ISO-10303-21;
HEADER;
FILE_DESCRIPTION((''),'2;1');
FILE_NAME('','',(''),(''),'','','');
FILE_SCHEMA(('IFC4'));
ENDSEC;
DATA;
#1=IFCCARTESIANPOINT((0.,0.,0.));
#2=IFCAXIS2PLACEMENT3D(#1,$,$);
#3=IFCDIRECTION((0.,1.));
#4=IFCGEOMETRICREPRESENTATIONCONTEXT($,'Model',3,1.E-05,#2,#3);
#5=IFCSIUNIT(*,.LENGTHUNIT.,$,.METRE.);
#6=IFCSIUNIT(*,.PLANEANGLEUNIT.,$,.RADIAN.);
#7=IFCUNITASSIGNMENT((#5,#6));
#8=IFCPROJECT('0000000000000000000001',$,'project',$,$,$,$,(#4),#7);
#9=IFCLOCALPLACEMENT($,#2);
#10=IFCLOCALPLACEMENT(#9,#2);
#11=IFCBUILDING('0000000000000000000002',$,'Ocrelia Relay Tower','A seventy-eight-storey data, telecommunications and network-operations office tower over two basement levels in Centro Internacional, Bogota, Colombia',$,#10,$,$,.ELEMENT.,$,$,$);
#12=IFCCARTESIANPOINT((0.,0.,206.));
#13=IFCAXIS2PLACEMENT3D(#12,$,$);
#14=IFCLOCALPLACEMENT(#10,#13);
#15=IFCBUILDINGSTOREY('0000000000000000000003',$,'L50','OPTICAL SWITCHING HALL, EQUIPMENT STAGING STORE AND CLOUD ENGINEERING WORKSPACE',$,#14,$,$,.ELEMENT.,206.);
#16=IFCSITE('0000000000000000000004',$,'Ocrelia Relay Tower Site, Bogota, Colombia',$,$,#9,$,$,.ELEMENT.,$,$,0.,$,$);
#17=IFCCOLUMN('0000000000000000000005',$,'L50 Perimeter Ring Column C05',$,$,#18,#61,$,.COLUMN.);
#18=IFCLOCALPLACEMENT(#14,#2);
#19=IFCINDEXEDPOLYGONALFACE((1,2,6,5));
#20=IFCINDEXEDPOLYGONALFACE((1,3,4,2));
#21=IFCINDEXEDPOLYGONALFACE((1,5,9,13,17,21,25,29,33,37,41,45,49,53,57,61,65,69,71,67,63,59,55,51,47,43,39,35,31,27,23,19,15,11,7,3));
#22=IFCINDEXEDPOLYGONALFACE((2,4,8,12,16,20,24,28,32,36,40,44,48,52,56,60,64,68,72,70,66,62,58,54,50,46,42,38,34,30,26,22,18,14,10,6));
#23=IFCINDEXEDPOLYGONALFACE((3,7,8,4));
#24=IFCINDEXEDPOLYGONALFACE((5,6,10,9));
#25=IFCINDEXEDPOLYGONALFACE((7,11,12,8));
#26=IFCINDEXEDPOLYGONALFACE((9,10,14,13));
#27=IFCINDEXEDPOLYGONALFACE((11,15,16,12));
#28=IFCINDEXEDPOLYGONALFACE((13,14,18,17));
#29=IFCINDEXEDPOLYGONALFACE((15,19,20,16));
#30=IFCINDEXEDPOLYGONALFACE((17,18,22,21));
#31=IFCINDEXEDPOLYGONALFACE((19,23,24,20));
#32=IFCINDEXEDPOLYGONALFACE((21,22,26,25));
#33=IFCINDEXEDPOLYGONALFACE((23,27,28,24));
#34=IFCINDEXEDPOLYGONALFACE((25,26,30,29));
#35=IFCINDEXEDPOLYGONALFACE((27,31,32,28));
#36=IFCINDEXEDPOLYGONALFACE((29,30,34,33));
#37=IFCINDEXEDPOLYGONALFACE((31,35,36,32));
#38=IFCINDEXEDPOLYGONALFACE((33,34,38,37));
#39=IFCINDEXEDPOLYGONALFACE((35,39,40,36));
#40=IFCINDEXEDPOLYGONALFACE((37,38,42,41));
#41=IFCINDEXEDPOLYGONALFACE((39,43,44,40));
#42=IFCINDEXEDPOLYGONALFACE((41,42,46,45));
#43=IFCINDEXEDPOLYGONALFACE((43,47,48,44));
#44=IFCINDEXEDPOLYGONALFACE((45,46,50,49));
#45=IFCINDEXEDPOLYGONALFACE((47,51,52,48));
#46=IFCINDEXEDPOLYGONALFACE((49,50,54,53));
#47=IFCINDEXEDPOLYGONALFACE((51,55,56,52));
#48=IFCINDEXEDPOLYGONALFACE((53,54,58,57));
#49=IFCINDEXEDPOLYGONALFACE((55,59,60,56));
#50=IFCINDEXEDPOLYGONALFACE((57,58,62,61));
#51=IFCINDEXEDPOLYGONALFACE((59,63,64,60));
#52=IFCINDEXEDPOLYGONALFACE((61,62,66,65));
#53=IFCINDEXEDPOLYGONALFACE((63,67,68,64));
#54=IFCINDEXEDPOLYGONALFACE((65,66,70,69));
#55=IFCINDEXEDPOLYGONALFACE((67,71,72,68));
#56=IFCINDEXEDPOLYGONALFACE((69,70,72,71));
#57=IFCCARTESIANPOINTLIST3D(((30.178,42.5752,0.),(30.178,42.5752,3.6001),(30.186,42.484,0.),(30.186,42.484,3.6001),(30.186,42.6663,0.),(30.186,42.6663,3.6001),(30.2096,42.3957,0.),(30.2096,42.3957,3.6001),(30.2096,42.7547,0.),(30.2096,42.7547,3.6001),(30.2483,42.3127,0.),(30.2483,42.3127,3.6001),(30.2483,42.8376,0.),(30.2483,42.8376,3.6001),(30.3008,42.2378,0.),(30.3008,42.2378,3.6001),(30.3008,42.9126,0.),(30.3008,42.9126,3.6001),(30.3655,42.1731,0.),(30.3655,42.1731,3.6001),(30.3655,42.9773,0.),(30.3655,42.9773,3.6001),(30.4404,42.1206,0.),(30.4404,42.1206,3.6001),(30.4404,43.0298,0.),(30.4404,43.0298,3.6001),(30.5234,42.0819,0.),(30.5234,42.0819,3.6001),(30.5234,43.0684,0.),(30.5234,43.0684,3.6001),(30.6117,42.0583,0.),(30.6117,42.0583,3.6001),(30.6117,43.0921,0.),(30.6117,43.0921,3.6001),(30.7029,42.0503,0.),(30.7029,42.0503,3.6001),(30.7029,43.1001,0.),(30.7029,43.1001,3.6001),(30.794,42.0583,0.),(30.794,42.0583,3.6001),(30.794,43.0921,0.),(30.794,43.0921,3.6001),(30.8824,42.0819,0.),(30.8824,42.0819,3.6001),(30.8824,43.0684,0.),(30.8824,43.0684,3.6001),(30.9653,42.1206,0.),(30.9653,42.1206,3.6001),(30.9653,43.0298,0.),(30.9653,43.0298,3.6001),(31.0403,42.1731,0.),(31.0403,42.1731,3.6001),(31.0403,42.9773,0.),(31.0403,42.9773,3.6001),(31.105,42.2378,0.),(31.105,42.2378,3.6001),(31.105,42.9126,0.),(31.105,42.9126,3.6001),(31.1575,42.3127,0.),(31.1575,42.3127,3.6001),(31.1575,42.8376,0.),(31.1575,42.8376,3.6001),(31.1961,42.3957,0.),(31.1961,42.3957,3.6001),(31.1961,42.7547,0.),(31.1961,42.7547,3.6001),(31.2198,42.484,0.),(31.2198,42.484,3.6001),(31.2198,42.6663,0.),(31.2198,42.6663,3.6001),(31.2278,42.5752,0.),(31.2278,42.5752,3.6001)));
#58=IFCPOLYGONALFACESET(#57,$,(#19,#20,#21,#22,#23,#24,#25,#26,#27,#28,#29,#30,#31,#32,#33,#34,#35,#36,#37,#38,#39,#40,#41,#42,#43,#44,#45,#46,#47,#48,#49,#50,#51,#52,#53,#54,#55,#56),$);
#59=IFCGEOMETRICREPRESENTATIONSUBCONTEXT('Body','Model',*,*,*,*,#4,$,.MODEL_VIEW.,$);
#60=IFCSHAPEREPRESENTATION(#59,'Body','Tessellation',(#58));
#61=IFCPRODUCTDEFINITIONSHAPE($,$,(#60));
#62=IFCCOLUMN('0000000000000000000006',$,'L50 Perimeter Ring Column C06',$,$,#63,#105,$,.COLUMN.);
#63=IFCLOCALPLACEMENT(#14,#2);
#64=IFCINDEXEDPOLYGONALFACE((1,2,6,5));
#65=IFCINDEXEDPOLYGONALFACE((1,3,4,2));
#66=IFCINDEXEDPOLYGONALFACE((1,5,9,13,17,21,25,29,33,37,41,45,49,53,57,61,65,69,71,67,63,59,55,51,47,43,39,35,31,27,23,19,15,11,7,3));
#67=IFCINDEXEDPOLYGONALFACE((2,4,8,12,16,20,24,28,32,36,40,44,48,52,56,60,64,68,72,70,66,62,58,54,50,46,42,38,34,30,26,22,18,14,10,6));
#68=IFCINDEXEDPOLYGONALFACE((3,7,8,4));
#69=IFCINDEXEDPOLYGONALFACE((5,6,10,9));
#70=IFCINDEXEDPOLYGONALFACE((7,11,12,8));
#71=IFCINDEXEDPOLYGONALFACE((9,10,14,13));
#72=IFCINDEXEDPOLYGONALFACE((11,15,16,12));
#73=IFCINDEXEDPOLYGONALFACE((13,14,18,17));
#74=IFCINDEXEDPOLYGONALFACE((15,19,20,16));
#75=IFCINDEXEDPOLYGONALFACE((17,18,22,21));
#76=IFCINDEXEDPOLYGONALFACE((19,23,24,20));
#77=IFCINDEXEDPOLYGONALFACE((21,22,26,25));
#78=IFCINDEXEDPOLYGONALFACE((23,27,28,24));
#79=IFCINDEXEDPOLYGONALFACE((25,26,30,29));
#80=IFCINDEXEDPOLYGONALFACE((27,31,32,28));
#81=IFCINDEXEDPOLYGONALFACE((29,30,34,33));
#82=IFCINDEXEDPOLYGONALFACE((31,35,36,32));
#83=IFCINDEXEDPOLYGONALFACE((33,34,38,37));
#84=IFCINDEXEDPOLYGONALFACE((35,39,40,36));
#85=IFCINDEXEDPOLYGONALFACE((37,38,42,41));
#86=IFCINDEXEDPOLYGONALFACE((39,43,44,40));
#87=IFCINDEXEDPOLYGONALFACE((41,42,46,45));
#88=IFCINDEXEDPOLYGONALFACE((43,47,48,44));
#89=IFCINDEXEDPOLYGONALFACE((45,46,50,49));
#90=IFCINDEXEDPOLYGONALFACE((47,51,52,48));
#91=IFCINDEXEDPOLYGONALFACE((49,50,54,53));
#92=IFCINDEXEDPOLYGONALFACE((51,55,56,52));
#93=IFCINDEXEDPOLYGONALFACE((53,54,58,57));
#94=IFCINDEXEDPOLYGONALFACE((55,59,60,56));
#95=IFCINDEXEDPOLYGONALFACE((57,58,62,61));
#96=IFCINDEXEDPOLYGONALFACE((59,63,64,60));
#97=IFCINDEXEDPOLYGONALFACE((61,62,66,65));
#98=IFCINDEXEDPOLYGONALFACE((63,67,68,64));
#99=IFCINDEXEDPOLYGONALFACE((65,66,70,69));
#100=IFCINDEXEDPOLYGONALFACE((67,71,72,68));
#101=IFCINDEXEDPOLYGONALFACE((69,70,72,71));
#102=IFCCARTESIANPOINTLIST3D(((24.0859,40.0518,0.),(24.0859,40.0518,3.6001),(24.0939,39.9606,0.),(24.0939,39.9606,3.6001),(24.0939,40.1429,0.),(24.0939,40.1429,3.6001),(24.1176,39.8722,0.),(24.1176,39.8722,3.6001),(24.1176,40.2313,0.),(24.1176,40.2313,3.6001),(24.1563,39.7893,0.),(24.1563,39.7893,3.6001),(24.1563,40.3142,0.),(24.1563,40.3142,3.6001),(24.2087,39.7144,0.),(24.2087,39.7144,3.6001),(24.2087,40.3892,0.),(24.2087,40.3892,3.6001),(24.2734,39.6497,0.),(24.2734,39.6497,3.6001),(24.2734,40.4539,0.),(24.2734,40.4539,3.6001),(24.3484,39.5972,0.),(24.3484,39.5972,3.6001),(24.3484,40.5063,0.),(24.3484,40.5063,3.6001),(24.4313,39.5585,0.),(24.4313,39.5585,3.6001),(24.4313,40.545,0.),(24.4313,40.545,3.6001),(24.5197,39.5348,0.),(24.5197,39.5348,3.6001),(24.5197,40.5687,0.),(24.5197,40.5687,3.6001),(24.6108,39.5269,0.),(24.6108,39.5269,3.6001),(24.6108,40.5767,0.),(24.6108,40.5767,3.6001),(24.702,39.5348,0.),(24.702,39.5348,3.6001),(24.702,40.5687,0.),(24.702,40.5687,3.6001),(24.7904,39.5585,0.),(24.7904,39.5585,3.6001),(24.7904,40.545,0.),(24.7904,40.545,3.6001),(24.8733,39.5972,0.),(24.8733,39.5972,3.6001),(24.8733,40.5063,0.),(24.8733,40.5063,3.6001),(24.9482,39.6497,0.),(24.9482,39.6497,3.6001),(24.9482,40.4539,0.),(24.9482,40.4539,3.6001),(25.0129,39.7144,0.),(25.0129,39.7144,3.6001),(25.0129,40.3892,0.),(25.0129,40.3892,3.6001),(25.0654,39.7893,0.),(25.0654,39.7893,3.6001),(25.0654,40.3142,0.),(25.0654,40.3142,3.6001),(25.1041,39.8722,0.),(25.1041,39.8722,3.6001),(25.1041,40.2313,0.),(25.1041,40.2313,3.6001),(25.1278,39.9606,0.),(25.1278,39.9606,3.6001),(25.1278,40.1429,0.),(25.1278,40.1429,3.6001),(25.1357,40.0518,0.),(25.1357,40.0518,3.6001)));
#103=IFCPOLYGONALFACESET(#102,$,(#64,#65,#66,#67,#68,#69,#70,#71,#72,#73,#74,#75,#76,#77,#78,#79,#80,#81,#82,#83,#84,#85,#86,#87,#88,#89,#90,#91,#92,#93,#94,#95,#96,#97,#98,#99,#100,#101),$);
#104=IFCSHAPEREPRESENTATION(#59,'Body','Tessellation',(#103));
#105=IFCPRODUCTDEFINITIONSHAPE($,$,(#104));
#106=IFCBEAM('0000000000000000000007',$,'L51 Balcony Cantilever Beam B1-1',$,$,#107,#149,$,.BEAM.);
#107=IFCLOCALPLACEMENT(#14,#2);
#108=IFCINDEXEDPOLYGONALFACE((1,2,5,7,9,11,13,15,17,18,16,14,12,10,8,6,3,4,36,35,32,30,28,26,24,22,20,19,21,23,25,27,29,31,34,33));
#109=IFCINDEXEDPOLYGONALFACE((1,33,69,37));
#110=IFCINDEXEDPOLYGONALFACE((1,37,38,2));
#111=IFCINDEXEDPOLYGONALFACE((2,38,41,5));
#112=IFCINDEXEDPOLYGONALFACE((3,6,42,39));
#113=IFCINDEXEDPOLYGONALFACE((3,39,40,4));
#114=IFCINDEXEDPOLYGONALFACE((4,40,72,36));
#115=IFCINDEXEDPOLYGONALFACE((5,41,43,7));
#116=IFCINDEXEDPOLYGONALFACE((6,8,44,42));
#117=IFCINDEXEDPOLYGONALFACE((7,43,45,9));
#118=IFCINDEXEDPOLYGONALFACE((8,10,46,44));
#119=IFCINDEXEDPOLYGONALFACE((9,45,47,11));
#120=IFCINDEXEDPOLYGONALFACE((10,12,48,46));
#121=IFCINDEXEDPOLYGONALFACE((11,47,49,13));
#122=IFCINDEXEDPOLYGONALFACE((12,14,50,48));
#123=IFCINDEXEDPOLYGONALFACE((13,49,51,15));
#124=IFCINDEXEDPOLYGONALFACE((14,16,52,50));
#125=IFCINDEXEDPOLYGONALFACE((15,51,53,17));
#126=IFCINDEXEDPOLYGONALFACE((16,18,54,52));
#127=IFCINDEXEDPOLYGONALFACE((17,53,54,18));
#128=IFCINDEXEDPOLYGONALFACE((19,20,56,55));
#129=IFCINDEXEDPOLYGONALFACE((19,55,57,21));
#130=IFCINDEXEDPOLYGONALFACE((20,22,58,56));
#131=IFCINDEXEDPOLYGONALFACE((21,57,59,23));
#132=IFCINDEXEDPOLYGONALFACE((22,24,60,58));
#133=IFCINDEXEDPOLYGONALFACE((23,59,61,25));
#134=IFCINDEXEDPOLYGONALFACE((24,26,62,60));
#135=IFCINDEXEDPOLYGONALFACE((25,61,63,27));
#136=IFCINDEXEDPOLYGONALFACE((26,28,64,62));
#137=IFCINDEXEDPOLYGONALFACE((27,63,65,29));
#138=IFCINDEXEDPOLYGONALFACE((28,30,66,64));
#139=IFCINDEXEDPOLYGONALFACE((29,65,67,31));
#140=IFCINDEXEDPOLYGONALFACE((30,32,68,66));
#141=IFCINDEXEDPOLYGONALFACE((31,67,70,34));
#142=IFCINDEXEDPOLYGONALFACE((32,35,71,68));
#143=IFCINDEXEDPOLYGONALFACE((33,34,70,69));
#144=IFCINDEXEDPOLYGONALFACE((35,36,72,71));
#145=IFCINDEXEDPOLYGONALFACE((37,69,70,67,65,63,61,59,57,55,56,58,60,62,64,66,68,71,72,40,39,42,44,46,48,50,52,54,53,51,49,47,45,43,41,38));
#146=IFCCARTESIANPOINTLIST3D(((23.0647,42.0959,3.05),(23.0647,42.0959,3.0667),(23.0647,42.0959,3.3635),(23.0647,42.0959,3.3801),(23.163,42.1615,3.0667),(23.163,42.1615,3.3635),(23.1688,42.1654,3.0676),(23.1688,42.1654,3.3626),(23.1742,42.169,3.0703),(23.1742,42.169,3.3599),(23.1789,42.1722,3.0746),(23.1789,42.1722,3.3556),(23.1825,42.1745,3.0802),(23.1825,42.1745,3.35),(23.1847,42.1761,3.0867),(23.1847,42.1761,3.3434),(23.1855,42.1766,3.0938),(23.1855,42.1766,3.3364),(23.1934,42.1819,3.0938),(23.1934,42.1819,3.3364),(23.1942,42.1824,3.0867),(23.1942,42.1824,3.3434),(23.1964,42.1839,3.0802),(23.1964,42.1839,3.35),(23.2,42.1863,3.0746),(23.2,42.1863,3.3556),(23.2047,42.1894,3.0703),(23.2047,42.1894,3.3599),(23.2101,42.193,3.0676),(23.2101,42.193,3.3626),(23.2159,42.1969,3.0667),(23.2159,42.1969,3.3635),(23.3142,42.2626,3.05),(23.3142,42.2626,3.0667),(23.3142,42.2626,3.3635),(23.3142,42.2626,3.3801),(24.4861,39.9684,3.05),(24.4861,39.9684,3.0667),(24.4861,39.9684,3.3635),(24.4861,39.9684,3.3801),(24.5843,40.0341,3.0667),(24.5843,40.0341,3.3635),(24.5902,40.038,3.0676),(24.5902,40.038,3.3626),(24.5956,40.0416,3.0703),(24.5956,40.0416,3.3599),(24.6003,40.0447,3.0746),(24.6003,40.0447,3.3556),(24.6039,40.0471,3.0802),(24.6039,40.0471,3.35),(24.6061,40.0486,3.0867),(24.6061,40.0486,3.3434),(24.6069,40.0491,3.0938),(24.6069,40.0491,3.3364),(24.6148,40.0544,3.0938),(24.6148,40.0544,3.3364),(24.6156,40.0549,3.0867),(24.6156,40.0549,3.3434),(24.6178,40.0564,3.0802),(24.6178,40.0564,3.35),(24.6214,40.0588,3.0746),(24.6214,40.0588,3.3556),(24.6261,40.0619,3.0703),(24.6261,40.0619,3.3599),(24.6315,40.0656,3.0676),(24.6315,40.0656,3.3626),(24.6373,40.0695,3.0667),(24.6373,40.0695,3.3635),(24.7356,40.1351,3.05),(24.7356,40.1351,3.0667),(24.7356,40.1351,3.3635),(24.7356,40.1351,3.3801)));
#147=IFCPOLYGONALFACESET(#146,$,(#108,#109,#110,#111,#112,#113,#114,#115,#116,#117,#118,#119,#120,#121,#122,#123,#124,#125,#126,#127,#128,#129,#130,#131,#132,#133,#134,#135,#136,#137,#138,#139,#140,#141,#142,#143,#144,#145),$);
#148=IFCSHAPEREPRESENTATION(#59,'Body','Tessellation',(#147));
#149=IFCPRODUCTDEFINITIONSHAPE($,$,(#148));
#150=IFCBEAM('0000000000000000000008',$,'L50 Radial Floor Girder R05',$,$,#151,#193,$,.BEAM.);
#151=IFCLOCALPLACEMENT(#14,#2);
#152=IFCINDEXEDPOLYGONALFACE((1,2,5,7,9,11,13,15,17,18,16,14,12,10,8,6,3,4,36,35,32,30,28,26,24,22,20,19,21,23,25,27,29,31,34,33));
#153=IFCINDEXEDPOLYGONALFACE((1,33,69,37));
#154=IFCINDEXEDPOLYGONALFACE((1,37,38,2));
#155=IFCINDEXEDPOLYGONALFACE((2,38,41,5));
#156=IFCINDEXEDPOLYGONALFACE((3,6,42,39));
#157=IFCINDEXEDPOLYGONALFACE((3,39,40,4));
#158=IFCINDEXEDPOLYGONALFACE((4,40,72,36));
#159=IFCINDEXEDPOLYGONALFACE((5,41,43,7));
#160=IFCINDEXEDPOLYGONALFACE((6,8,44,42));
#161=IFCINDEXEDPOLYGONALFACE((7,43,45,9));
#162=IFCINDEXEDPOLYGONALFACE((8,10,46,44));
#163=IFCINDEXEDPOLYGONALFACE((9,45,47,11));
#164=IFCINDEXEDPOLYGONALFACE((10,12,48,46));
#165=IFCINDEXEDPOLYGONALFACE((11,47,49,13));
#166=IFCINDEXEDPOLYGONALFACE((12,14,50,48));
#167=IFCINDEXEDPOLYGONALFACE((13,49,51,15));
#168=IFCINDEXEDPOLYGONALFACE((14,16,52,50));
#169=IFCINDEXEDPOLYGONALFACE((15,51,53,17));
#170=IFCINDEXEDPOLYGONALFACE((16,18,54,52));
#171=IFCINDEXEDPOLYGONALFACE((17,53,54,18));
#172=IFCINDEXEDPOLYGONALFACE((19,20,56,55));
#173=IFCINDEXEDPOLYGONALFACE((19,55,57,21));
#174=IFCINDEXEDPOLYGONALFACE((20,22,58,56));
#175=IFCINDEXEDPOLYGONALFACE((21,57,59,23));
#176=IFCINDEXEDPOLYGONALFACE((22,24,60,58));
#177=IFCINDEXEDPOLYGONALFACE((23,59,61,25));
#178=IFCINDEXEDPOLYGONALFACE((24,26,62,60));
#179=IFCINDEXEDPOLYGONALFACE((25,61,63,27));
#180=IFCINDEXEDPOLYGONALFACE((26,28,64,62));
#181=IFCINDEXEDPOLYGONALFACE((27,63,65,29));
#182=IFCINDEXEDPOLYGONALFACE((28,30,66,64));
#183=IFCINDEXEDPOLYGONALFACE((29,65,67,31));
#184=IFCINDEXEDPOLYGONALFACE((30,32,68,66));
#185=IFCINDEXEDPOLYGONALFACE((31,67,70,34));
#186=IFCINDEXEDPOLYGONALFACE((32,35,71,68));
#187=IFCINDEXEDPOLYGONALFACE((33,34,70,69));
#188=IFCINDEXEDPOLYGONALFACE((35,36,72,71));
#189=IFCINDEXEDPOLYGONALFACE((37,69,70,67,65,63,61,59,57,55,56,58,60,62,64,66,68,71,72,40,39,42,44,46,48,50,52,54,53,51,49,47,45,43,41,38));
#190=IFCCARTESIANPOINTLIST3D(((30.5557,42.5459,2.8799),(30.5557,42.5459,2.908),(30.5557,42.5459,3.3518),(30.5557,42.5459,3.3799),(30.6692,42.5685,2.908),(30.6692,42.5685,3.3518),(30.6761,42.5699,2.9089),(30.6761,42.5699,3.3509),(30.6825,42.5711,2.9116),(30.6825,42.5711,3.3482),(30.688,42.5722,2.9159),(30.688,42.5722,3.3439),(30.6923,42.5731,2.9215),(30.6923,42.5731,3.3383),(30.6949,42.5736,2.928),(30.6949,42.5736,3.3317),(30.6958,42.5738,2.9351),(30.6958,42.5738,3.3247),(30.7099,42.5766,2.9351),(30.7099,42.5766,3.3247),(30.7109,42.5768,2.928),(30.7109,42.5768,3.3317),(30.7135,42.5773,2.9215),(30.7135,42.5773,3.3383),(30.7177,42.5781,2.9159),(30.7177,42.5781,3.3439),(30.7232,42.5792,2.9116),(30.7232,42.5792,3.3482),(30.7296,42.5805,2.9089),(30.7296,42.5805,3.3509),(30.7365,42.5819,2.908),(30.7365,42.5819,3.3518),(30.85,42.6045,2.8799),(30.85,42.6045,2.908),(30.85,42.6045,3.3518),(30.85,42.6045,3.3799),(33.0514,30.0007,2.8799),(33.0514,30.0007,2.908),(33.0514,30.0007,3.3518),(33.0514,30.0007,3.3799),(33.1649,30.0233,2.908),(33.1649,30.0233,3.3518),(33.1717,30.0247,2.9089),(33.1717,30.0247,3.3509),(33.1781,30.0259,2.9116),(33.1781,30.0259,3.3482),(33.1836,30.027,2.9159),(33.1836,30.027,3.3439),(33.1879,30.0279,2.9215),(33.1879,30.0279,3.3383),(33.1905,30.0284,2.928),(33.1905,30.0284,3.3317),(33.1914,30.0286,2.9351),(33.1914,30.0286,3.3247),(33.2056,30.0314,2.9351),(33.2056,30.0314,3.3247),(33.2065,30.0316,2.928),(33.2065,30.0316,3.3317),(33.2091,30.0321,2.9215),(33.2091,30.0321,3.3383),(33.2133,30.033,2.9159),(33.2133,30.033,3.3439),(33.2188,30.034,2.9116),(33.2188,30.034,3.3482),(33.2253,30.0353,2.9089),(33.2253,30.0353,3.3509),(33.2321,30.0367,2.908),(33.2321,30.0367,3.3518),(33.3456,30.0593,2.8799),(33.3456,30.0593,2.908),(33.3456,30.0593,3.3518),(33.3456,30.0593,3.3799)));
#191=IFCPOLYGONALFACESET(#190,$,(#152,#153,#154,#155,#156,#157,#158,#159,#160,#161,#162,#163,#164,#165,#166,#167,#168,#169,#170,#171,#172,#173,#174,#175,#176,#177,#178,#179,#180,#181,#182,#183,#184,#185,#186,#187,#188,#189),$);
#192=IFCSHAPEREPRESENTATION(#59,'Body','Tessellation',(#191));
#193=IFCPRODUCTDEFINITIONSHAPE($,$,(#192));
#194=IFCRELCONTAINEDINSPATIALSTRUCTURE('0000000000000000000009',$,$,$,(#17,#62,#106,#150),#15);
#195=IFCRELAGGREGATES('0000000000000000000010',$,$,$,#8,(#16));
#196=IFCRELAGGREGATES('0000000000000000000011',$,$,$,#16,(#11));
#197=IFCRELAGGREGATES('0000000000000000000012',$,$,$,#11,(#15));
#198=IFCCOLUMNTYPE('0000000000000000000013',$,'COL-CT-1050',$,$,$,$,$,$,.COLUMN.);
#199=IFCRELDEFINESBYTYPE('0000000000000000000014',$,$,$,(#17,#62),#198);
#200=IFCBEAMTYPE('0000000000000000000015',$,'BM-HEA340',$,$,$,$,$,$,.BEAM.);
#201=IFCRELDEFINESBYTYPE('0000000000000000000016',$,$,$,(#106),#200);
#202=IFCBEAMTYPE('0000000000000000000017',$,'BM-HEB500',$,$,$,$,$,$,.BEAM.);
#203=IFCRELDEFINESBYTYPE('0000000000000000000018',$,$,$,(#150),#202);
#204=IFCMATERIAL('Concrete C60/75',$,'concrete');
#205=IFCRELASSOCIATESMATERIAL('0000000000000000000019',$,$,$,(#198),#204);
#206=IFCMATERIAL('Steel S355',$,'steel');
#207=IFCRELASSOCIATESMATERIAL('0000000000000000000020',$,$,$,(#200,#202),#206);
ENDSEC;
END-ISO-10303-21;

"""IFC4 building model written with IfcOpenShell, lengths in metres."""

from ifc_helpers import new_model, si_unit, direction, frame, origin, origin_2d, place, context, subcontext, project, spatial, circle, i_section, extrude, material, material_profile, profile_set, type_object, element, save


model = new_model("IFC4")

# Units and contexts
model_context = context("Model", 3, precision=1e-05, world=origin(), true_north=direction((0.0, 1.0)))
body_context = subcontext(model_context, "Body", "Model", "MODEL_VIEW")
ifc_project = project(units=[si_unit("LENGTHUNIT", "METRE"), si_unit("PLANEANGLEUNIT", "RADIAN")], contexts=[model_context])

# Site, building, storey
site_placement = place(None, origin())
site = spatial("IfcSite", under=ifc_project, at=site_placement, Name="Ocrelia Relay Tower Site, Bogota, Colombia", CompositionType="ELEMENT", RefElevation=0.0)
building_placement = place(site_placement, origin())
building = spatial("IfcBuilding", under=site, at=building_placement, Name="Ocrelia Relay Tower", Description="A seventy-eight-storey data, telecommunications and network-operations office tower over two basement levels in Centro Internacional, Bogota, Colombia", CompositionType="ELEMENT")
storey_placement = place(building_placement, frame((0.0, 0.0, 206.0)))
storey = spatial("IfcBuildingStorey", under=building, at=storey_placement, Name="L50", Description="OPTICAL SWITCHING HALL, EQUIPMENT STAGING STORE AND CLOUD ENGINEERING WORKSPACE", CompositionType="ELEMENT", Elevation=206.0)

# Columns
ifc_material_1 = material(Name="Concrete C60/75", Category="concrete")
ifc_material_profile_1 = material_profile(ifc_material_1, circle(Radius=0.5249, at=origin_2d()), Name="RC-CIR-1050")
ifc_profile_set_1 = profile_set([ifc_material_profile_1], Name="Concrete C60/75")
column_type = type_object("IfcColumnType", Name="COL-CT-1050", PredefinedType="COLUMN", material=ifc_profile_set_1)
for number, where, z_axis, x_axis, name in (
    (1, (30.7029, 42.5752, 0.0), (0.0, 0.0, 1.0), (1.0, 0.0, 0.0), "L50 Perimeter Ring Column C05"),
    (2, (24.6108, 40.0518, 0.0), (0.0, 0.0, 1.0), (1.0, 0.0, 0.0), "L50 Perimeter Ring Column C06"),
):
    element("IfcColumn", number, at=place(storey_placement, frame(where, z_axis=z_axis, x_axis=x_axis)), inside=storey, type_object=column_type, Name=name, PredefinedType="COLUMN", context=body_context, shape_type="SweptSolid", body=[
        extrude(circle(Radius=0.5249, at=origin_2d()), origin(), (0.0, 0.0, 1.0), 3.6001),
    ])

# Beams
ifc_material_2 = material(Name="Steel S355", Category="steel")
ifc_material_profile_2 = material_profile(ifc_material_2, i_section(OverallWidth=0.3, OverallDepth=0.3301, WebThickness=0.0095, FlangeThickness=0.0166, FilletRadius=0.0271, at=origin_2d()), Name="HEA 340")
ifc_profile_set_2 = profile_set([ifc_material_profile_2], Name="Steel S355")
beam_type_1 = type_object("IfcBeamType", Name="BM-HEA340", PredefinedType="BEAM", material=ifc_profile_set_2)
beam_1_placement = place(storey_placement, frame((24.6108, 40.0518, 3.2151), z_axis=(-0.555537, 0.831492, 0.0), x_axis=(-0.831492, -0.555537, 0.0)))
element("IfcBeam", 3, at=beam_1_placement, inside=storey, type_object=beam_type_1, Name="L51 Balcony Cantilever Beam B1-1", PredefinedType="BEAM", context=body_context, shape_type="SweptSolid", body=[
    extrude(i_section(OverallWidth=0.3, OverallDepth=0.3301, WebThickness=0.0095, FlangeThickness=0.0166, FilletRadius=0.0271, at=origin_2d()), origin(), (0.0, 0.0, 1.0), 2.5586),
])
ifc_material_profile_3 = material_profile(ifc_material_2, i_section(OverallWidth=0.3, OverallDepth=0.5, WebThickness=0.0144, FlangeThickness=0.0281, FilletRadius=0.0271, at=origin_2d()), Name="HEB 500")
ifc_profile_set_3 = profile_set([ifc_material_profile_3], Name="Steel S355")
beam_type_2 = type_object("IfcBeamType", Name="BM-HEB500", PredefinedType="BEAM", material=ifc_profile_set_3)
beam_2_placement = place(storey_placement, frame((30.7029, 42.5752, 3.1299), z_axis=(0.195107, -0.980782, 0.0), x_axis=(0.980782, 0.195107, 0.0)))
element("IfcBeam", 4, at=beam_2_placement, inside=storey, type_object=beam_type_2, Name="L50 Radial Floor Girder R05", PredefinedType="BEAM", context=body_context, shape_type="SweptSolid", body=[
    extrude(i_section(OverallWidth=0.3, OverallDepth=0.5, WebThickness=0.0144, FlangeThickness=0.0281, FilletRadius=0.0271, at=origin_2d()), origin(), (0.0, 0.0, 1.0), 12.791),
])

save(model, "model.ifc")
